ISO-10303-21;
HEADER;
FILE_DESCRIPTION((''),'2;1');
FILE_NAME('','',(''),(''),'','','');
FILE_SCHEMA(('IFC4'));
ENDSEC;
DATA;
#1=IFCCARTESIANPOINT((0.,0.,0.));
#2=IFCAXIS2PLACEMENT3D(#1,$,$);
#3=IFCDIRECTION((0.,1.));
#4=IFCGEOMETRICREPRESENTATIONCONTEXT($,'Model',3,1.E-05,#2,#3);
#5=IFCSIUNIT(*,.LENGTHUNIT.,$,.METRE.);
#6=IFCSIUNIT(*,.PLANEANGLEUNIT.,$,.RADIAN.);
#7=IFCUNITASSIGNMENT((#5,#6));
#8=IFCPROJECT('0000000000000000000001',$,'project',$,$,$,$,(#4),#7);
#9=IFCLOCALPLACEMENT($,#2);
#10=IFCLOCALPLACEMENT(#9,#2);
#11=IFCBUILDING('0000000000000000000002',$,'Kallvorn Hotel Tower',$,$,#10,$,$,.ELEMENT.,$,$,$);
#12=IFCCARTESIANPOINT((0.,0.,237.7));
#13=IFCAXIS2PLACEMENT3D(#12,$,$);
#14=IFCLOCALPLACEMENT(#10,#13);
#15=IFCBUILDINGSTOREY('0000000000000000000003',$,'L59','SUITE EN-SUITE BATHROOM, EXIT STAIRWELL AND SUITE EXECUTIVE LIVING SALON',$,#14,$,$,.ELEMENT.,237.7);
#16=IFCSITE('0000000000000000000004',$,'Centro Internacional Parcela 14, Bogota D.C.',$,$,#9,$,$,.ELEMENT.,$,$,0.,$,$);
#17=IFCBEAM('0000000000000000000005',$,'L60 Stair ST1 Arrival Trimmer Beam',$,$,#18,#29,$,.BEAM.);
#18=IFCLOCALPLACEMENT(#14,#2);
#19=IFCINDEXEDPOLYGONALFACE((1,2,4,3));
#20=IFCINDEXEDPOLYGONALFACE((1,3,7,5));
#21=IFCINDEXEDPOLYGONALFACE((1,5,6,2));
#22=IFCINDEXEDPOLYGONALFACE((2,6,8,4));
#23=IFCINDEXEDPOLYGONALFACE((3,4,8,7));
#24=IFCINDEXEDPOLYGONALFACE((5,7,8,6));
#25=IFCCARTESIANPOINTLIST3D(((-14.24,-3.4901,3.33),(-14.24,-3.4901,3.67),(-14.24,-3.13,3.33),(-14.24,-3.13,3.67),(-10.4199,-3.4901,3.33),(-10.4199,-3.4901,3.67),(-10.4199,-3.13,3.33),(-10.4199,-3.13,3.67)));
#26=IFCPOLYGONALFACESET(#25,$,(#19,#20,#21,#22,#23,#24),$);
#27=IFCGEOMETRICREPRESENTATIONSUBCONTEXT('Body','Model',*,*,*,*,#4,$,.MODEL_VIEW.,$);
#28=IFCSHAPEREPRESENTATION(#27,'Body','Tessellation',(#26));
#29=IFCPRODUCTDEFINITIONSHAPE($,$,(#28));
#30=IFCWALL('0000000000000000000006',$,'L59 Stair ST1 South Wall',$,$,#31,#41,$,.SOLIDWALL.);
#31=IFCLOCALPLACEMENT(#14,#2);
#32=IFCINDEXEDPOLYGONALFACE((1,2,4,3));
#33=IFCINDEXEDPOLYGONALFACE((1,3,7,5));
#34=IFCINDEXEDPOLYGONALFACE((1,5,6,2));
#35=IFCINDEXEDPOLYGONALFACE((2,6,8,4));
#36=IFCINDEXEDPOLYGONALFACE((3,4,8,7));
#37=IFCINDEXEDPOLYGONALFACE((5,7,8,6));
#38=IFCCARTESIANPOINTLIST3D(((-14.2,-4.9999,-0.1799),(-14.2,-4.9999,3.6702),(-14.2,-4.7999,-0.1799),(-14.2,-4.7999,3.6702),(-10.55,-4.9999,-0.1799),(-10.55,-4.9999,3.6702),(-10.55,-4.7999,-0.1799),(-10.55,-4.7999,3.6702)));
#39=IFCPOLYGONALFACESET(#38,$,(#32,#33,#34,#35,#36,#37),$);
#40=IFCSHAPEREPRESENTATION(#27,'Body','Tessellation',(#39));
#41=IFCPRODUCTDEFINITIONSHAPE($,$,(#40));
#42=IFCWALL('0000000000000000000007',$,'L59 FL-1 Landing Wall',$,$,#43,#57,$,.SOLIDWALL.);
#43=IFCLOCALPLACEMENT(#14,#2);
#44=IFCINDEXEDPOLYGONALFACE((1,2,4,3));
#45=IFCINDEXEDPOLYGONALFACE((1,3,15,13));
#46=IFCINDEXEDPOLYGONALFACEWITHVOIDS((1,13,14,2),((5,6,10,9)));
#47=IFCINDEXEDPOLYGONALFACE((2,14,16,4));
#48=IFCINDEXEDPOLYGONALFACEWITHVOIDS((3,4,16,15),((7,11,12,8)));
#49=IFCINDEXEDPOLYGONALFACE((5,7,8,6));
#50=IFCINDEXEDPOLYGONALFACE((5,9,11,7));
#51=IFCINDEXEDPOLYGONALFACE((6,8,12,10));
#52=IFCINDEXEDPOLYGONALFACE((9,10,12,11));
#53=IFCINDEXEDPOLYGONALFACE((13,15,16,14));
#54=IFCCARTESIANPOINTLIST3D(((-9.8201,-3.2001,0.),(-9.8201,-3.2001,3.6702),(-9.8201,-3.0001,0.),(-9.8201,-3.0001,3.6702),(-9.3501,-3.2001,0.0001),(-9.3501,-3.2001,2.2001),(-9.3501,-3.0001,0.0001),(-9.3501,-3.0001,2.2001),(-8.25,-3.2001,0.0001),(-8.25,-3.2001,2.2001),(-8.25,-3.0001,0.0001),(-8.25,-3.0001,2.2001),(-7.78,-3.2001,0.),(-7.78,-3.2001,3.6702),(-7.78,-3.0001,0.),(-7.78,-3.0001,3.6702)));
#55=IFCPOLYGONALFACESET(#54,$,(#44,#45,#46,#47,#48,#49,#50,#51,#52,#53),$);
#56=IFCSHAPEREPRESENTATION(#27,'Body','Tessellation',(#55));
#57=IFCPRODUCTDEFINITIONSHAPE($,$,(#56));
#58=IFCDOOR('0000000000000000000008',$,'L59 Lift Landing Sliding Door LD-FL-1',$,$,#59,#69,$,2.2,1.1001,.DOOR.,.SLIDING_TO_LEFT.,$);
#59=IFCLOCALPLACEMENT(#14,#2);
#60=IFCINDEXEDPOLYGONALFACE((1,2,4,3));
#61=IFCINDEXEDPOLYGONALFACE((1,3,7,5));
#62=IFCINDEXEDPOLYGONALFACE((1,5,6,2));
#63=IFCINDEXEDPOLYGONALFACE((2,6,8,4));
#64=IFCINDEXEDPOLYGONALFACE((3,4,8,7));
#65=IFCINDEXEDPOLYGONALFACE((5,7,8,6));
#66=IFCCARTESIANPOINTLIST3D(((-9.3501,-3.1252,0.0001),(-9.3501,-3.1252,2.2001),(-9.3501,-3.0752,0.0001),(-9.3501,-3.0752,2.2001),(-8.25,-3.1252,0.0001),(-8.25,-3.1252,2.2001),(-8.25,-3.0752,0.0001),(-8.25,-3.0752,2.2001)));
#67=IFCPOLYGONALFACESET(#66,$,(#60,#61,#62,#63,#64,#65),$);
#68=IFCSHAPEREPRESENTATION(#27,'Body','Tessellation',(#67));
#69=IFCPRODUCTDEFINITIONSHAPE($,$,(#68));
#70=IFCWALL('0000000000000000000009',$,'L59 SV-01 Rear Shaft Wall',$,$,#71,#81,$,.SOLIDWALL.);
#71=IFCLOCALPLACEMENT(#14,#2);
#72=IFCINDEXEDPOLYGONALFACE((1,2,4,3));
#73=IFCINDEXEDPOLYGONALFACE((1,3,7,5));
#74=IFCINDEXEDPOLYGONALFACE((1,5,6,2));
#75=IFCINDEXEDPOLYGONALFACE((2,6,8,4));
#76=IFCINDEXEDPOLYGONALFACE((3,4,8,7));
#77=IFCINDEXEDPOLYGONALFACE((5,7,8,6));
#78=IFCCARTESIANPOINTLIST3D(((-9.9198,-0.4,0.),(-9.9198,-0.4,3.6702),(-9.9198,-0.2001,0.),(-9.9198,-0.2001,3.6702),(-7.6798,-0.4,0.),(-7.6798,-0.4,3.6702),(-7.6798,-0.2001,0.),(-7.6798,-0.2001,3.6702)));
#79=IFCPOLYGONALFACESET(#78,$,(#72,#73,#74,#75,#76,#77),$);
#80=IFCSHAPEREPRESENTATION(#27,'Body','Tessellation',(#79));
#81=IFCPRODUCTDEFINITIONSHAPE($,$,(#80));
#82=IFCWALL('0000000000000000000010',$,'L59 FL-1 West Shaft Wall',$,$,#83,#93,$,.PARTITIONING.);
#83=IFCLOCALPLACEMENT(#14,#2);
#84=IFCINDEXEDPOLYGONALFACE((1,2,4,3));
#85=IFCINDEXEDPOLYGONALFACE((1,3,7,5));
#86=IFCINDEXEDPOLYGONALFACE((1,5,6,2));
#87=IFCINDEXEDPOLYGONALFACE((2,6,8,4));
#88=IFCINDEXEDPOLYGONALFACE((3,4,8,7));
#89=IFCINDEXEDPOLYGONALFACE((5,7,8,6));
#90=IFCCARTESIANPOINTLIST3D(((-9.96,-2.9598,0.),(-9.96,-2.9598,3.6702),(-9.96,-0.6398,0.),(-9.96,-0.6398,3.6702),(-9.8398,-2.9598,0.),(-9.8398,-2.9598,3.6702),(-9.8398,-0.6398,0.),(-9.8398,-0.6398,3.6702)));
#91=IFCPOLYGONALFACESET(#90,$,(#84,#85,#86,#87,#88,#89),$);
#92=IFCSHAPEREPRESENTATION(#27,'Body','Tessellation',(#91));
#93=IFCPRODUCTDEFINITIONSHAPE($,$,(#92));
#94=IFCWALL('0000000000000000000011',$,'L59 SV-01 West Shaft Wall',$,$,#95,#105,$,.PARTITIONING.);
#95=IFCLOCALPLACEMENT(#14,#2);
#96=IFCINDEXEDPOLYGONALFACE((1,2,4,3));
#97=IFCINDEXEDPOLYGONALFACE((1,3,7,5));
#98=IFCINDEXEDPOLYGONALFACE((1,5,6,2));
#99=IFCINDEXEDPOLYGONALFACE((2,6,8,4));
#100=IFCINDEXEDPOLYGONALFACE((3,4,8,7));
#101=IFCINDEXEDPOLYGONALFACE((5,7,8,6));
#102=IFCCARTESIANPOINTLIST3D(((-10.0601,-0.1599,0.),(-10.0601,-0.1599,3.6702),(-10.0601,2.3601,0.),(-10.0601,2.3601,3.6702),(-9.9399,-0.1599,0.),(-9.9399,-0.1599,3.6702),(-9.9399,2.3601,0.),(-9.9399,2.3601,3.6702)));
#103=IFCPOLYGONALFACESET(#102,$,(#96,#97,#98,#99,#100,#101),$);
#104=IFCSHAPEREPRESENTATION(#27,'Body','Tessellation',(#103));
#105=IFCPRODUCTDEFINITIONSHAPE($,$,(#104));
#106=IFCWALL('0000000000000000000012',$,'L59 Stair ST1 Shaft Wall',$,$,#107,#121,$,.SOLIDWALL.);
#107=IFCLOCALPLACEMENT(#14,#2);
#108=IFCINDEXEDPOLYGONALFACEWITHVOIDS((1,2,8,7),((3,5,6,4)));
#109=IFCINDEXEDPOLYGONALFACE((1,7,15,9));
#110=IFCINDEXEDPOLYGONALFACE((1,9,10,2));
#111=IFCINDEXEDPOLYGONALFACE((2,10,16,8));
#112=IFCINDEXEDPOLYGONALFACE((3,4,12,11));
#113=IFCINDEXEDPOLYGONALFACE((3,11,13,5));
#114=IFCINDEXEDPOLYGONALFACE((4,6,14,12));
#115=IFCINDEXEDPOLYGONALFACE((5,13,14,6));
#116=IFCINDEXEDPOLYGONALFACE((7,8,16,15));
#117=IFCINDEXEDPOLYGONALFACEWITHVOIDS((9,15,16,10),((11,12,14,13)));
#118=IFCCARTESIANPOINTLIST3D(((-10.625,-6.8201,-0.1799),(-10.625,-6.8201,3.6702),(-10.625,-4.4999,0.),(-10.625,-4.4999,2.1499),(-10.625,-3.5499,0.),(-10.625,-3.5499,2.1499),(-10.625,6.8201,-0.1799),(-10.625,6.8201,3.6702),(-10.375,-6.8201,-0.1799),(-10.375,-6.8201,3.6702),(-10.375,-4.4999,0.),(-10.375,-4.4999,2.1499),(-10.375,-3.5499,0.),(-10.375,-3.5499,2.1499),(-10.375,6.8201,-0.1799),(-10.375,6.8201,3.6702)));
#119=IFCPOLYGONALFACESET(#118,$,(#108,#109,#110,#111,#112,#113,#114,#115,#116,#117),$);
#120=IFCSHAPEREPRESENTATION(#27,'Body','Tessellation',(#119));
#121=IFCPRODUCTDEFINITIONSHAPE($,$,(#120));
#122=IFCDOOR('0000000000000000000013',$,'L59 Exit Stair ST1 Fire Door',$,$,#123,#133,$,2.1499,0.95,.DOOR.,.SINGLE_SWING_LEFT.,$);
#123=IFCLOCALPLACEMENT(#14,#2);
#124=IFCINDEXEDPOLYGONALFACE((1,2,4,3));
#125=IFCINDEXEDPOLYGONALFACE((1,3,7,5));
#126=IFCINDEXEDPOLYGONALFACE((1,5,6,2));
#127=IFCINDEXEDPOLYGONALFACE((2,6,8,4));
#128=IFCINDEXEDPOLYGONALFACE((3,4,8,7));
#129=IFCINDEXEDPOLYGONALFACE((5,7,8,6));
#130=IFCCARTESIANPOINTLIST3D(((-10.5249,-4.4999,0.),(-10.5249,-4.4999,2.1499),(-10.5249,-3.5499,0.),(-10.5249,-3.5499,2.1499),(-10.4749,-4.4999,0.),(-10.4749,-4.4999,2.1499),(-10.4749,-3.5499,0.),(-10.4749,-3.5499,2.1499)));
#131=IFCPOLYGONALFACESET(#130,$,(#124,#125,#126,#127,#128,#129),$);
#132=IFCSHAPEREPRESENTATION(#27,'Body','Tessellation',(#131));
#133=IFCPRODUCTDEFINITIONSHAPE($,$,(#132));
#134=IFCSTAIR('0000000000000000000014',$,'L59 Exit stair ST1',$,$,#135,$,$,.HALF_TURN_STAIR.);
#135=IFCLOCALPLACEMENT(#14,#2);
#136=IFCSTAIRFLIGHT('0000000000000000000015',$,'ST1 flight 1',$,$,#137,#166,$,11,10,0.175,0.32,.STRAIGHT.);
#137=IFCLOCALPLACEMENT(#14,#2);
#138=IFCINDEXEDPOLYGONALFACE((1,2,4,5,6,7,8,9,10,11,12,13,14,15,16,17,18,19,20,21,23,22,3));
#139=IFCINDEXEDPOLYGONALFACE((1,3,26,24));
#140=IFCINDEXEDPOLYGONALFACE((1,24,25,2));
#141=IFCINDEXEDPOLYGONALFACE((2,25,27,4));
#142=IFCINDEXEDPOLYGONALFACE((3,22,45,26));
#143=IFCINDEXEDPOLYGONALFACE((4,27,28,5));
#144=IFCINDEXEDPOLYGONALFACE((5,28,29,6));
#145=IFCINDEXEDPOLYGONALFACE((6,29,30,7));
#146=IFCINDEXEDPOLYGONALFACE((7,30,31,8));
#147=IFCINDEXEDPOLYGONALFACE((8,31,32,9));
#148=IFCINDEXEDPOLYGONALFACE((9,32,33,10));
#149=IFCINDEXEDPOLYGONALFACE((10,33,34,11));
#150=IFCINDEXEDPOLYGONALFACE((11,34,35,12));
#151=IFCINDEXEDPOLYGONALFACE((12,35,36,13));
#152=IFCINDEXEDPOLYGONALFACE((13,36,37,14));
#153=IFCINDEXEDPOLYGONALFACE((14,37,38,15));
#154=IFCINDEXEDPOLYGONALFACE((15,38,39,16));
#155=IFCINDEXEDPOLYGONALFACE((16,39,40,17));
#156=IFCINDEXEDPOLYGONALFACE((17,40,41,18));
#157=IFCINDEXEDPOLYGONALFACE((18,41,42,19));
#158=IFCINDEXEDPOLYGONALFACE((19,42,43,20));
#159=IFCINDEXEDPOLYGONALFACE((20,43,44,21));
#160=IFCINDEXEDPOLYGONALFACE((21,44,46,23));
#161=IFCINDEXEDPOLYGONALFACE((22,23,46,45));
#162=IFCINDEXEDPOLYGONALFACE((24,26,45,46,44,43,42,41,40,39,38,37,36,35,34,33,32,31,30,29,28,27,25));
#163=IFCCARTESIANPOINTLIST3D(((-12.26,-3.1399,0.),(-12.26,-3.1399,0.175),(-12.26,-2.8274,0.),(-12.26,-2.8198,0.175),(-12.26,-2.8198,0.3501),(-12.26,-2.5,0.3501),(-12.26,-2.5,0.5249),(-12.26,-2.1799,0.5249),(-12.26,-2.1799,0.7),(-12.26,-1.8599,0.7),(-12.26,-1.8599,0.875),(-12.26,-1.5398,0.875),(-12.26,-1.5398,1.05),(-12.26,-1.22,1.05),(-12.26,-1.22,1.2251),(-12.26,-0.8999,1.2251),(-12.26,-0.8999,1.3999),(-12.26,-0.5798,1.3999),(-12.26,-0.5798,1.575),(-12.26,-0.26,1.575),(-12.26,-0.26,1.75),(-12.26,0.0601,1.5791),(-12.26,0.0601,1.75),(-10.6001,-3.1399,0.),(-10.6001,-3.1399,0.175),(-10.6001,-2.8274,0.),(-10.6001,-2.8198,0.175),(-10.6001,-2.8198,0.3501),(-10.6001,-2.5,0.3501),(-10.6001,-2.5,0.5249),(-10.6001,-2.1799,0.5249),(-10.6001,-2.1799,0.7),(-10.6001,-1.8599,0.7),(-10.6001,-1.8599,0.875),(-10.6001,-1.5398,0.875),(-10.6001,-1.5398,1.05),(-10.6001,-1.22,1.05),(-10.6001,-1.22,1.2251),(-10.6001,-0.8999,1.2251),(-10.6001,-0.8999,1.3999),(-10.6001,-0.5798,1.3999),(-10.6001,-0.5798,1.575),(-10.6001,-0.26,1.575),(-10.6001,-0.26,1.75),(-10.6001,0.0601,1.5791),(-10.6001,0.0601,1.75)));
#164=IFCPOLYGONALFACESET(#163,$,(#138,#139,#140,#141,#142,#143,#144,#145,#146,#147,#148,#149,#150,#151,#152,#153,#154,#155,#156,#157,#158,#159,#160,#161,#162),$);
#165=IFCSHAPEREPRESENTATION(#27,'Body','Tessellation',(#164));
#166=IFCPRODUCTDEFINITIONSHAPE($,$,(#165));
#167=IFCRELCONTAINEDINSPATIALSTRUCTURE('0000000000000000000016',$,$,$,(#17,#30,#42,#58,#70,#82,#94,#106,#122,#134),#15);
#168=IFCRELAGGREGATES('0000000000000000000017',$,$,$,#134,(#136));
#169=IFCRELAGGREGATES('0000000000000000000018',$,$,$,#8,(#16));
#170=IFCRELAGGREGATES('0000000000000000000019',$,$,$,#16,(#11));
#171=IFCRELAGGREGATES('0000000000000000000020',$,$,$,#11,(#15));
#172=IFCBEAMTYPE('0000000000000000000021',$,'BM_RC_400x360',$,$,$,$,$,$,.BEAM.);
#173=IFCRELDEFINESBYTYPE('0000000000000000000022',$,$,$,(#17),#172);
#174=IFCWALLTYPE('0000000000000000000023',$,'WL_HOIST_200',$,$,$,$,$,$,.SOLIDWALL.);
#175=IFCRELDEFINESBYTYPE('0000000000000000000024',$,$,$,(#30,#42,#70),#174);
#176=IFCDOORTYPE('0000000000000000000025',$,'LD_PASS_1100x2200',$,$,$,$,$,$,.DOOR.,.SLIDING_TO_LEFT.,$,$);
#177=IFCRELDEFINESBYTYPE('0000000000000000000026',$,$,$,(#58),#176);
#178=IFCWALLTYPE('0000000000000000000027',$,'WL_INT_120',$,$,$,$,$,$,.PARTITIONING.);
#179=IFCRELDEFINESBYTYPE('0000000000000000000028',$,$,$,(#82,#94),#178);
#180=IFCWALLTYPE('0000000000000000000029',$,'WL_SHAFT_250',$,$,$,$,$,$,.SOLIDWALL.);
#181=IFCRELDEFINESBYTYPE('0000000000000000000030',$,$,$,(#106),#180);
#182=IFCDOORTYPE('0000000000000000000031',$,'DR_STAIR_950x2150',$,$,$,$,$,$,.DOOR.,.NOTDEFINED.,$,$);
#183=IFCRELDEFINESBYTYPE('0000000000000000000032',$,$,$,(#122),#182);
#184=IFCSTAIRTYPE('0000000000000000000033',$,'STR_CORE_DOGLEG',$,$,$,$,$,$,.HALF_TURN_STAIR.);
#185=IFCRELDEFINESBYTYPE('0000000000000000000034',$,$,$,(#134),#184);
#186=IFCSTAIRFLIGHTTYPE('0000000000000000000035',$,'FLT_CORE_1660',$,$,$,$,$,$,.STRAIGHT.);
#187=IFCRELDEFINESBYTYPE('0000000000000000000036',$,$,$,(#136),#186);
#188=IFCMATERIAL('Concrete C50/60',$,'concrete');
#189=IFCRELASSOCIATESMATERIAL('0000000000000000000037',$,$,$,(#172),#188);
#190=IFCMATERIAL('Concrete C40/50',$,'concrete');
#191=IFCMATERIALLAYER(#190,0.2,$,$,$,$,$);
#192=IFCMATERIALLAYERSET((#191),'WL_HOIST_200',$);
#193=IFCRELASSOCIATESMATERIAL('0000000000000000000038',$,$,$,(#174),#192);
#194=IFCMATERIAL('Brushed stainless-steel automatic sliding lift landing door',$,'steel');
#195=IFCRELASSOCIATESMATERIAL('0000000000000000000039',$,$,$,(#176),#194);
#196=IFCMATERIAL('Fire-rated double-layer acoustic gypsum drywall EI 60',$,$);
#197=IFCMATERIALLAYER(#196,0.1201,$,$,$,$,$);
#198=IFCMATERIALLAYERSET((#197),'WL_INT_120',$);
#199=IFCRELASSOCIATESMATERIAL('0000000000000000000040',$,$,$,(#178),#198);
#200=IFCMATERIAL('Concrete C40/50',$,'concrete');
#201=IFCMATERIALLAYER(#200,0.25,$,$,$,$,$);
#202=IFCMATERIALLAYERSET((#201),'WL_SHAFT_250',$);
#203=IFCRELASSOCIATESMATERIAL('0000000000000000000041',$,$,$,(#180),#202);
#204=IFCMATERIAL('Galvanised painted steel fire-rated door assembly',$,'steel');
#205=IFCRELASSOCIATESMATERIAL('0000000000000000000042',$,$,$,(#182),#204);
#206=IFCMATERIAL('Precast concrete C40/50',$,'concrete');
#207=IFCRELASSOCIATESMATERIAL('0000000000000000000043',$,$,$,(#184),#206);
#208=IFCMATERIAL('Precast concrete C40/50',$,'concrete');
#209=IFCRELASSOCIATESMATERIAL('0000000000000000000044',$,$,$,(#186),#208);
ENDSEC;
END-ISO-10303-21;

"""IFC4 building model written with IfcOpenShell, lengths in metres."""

from ifc_helpers import new_model, si_unit, direction, frame, frame_2d, origin, origin_2d, place, context, subcontext, project, spatial, polyline, rectangle, outline, extrude, material, layer, layer_set, material_profile, profile_set, type_object, element, fill, aggregate, save


model = new_model("IFC4")

# Units and contexts
model_context = context("Model", 3, precision=1e-05, world=origin(), true_north=direction((0.0, 1.0)))
body_context = subcontext(model_context, "Body", "Model", "MODEL_VIEW")
ifc_project = project(units=[si_unit("LENGTHUNIT", "METRE"), si_unit("PLANEANGLEUNIT", "RADIAN")], contexts=[model_context])

# Site, building, storey
site_placement = place(None, origin())
site = spatial("IfcSite", under=ifc_project, at=site_placement, Name="Centro Internacional Parcela 14, Bogota D.C.", CompositionType="ELEMENT", RefElevation=0.0)
building_placement = place(site_placement, origin())
building = spatial("IfcBuilding", under=site, at=building_placement, Name="Kallvorn Hotel Tower", CompositionType="ELEMENT")
storey_placement = place(building_placement, frame((0.0, 0.0, 237.7)))
storey = spatial("IfcBuildingStorey", under=building, at=storey_placement, Name="L59", Description="SUITE EN-SUITE BATHROOM, EXIT STAIRWELL AND SUITE EXECUTIVE LIVING SALON", CompositionType="ELEMENT", Elevation=237.7)

# Beam
ifc_material_1 = material(Name="Concrete C50/60", Category="concrete")
ifc_material_profile = material_profile(ifc_material_1, rectangle(XDim=0.3601, YDim=0.3401, at=origin_2d()), Name="RC 360x340")
ifc_profile_set = profile_set([ifc_material_profile], Name="Concrete C50/60")
beam_type = type_object("IfcBeamType", Name="BM_RC_400x360", PredefinedType="BEAM", material=ifc_profile_set)
beam_placement = place(storey_placement, frame((-10.4199, -3.3101, 3.5), z_axis=(-1.0, 0.0, 0.0), x_axis=(0.0, -1.0, 0.0)))
element("IfcBeam", 1, at=beam_placement, inside=storey, type_object=beam_type, Name="L60 Stair ST1 Arrival Trimmer Beam", PredefinedType="BEAM", context=body_context, shape_type="SweptSolid", body=[
    extrude(rectangle(XDim=0.3601, YDim=0.3401, at=origin_2d()), origin(), (0.0, 0.0, 1.0), 3.8201),
])

# Wall
ifc_material_2 = material(Name="Concrete C40/50", Category="concrete")
ifc_layer_1 = layer(ifc_material_2, 0.2)
ifc_layer_set_1 = layer_set([ifc_layer_1], Name="WL_HOIST_200")
wall_type_1 = type_object("IfcWallType", Name="WL_HOIST_200", PredefinedType="SOLIDWALL", material=ifc_layer_set_1)
wall_1_placement = place(storey_placement, frame((-14.2, -4.8999, -0.1799), z_axis=(0.0, 0.0, 1.0), x_axis=(1.0, 0.0, 0.0)))
element("IfcWall", 2, at=wall_1_placement, inside=storey, type_object=wall_type_1, Name="L59 Stair ST1 South Wall", PredefinedType="SOLIDWALL", context=body_context, shape_type="SweptSolid", body=[
    extrude(rectangle(XDim=3.6499, YDim=0.2, at=frame_2d((1.825, 0.0))), origin(), (0.0, 0.0, 1.0), 3.8501),
])

# Wall, opening, door
wall_2_placement = place(storey_placement, frame((-9.8201, -3.1001, 0.0), z_axis=(0.0, 0.0, 1.0), x_axis=(1.0, 0.0, 0.0)))
wall_2 = element("IfcWall", 3, at=wall_2_placement, inside=storey, type_object=wall_type_1, Name="L59 FL-1 Landing Wall", PredefinedType="SOLIDWALL", context=body_context, shape_type="SweptSolid", body=[
    extrude(rectangle(XDim=2.04, YDim=0.2, at=frame_2d((1.02, 0.0))), origin(), (0.0, 0.0, 1.0), 3.6702),
])
opening_1_placement = place(wall_2_placement, frame((0.47, 0.0, 0.0)))
opening_1 = element("IfcOpeningElement", 4, at=opening_1_placement, cuts=wall_2, PredefinedType="OPENING", context=body_context, shape_type="SweptSolid", body=[
    extrude(rectangle(XDim=1.1001, YDim=2.2, at=frame_2d((0.55, 1.1001))), frame((0.0, 0.115, 0.0), z_axis=(0.0, -1.0, 0.0), x_axis=(1.0, 0.0, 0.0)), (0.0, 0.0, 1.0), 0.23),
])
ifc_material_3 = material(Name="Brushed stainless-steel automatic sliding lift landing door", Category="steel")
door_type_1 = type_object("IfcDoorType", Name="LD_PASS_1100x2200", OperationType="SLIDING_TO_LEFT", PredefinedType="DOOR", material=ifc_material_3)
door_1_placement = place(opening_1_placement, origin())
door_1 = element("IfcDoor", 5, at=door_1_placement, inside=storey, type_object=door_type_1, Name="L59 Lift Landing Sliding Door LD-FL-1", OperationType="SLIDING_TO_LEFT", OverallHeight=2.2, OverallWidth=1.1001, PredefinedType="DOOR", context=body_context, shape_type="SweptSolid", body=[
    extrude(rectangle(XDim=1.1001, YDim=2.2, at=frame_2d((0.55, 1.1001))), frame((0.0, 0.0249, 0.0), z_axis=(0.0, -1.0, 0.0), x_axis=(1.0, 0.0, 0.0)), (0.0, 0.0, 1.0), 0.05),
])
fill(opening_1, door_1)

# Walls
wall_3_placement = place(storey_placement, frame((-9.9199, -0.3, 0.0), z_axis=(0.0, 0.0, 1.0), x_axis=(1.0, 0.0, 0.0)))
element("IfcWall", 6, at=wall_3_placement, inside=storey, type_object=wall_type_1, Name="L59 SV-01 Rear Shaft Wall", PredefinedType="SOLIDWALL", context=body_context, shape_type="SweptSolid", body=[
    extrude(rectangle(XDim=2.24, YDim=0.2, at=frame_2d((1.1201, 0.0))), origin(), (0.0, 0.0, 1.0), 3.6702),
])
ifc_material_4 = material(Name="Fire-rated double-layer acoustic gypsum drywall EI 60")
ifc_layer_2 = layer(ifc_material_4, 0.1201)
ifc_layer_set_2 = layer_set([ifc_layer_2], Name="WL_INT_120")
wall_type_2 = type_object("IfcWallType", Name="WL_INT_120", PredefinedType="PARTITIONING", material=ifc_layer_set_2)
wall_4_placement = place(storey_placement, frame((-9.8999, -2.96, 0.0), z_axis=(0.0, 0.0, 1.0), x_axis=(0.0, 1.0, 0.0)))
element("IfcWall", 7, at=wall_4_placement, inside=storey, type_object=wall_type_2, Name="L59 FL-1 West Shaft Wall", PredefinedType="PARTITIONING", context=body_context, shape_type="SweptSolid", body=[
    extrude(rectangle(XDim=2.3201, YDim=0.1201, at=frame_2d((1.1602, 0.0))), origin(), (0.0, 0.0, 1.0), 3.6702),
])
wall_5_placement = place(storey_placement, frame((-10.0, -0.1599, 0.0), z_axis=(0.0, 0.0, 1.0), x_axis=(0.0, 1.0, 0.0)))
element("IfcWall", 8, at=wall_5_placement, inside=storey, type_object=wall_type_2, Name="L59 SV-01 West Shaft Wall", PredefinedType="PARTITIONING", context=body_context, shape_type="SweptSolid", body=[
    extrude(rectangle(XDim=2.52, YDim=0.1201, at=frame_2d((1.26, 0.0))), origin(), (0.0, 0.0, 1.0), 3.6702),
])

# Wall, opening, door
ifc_material_5 = material(Name="Concrete C40/50", Category="concrete")
ifc_layer_3 = layer(ifc_material_5, 0.25)
ifc_layer_set_3 = layer_set([ifc_layer_3], Name="WL_SHAFT_250")
wall_type_3 = type_object("IfcWallType", Name="WL_SHAFT_250", PredefinedType="SOLIDWALL", material=ifc_layer_set_3)
wall_6_placement = place(storey_placement, frame((-10.5, -6.8201, -0.1799), z_axis=(0.0, 0.0, 1.0), x_axis=(0.0, 1.0, 0.0)))
wall_6 = element("IfcWall", 9, at=wall_6_placement, inside=storey, type_object=wall_type_3, Name="L59 Stair ST1 Shaft Wall", PredefinedType="SOLIDWALL", context=body_context, shape_type="SweptSolid", body=[
    extrude(rectangle(XDim=13.6401, YDim=0.25, at=frame_2d((6.8201, 0.0))), origin(), (0.0, 0.0, 1.0), 3.8501),
])
opening_2_placement = place(wall_6_placement, frame((2.3201, 0.0, 0.1799)))
opening_2 = element("IfcOpeningElement", 10, at=opening_2_placement, cuts=wall_6, PredefinedType="OPENING", context=body_context, shape_type="SweptSolid", body=[
    extrude(rectangle(XDim=0.95, YDim=2.1499, at=frame_2d((0.4751, 1.075))), frame((0.0, 0.1399, 0.0), z_axis=(0.0, -1.0, 0.0), x_axis=(1.0, 0.0, 0.0)), (0.0, 0.0, 1.0), 0.28),
])
ifc_material_6 = material(Name="Galvanised painted steel fire-rated door assembly", Category="steel")
door_type_2 = type_object("IfcDoorType", Name="DR_STAIR_950x2150", OperationType="NOTDEFINED", PredefinedType="DOOR", material=ifc_material_6)
door_2_placement = place(opening_2_placement, origin())
door_2 = element("IfcDoor", 11, at=door_2_placement, inside=storey, type_object=door_type_2, Name="L59 Exit Stair ST1 Fire Door", OperationType="SINGLE_SWING_LEFT", OverallHeight=2.1499, OverallWidth=0.95, PredefinedType="DOOR", context=body_context, shape_type="SweptSolid", body=[
    extrude(rectangle(XDim=0.95, YDim=2.1499, at=frame_2d((0.4751, 1.075))), frame((0.0, 0.0249, 0.0), z_axis=(0.0, -1.0, 0.0), x_axis=(1.0, 0.0, 0.0)), (0.0, 0.0, 1.0), 0.05),
])
fill(opening_2, door_2)

# Stair, stair flight
ifc_material_7 = material(Name="Precast concrete C40/50", Category="concrete")
stair_type = type_object("IfcStairType", Name="STR_CORE_DOGLEG", PredefinedType="HALF_TURN_STAIR", material=ifc_material_7)
stair_placement = place(storey_placement, origin())
stair = element("IfcStair", 12, at=stair_placement, inside=storey, type_object=stair_type, Name="L59 Exit stair ST1", PredefinedType="HALF_TURN_STAIR")
ifc_material_8 = material(Name="Precast concrete C40/50", Category="concrete")
stair_flight_type = type_object("IfcStairFlightType", Name="FLT_CORE_1660", PredefinedType="STRAIGHT", material=ifc_material_8)
stair_flight_1_placement = place(storey_placement, frame((-11.4299, -3.1399, 0.0), z_axis=(0.0, 0.0, 1.0), x_axis=(0.0, 1.0, 0.0)))
stair_flight_1 = element("IfcStairFlight", 13, at=stair_flight_1_placement, type_object=stair_flight_type, Name="ST1 flight 1", NumberOfRisers=11, NumberOfTreads=10, PredefinedType="STRAIGHT", RiserHeight=0.175, TreadLength=0.32, context=body_context, shape_type="SweptSolid", body=[
    extrude(outline(polyline([(0.0, 0.0), (0.0, 0.175), (0.3201, 0.175), (0.3201, 0.3501), (0.6399, 0.3501), (0.6399, 0.5249), (0.96, 0.5249), (0.96, 0.7), (1.28, 0.7), (1.28, 0.875), (1.6001, 0.875), (1.6001, 1.05), (1.9199, 1.05), (1.9199, 1.2251), (2.24, 1.2251), (2.24, 1.3999), (2.5601, 1.3999), (2.5601, 1.575), (2.8799, 1.575), (2.8799, 1.75), (3.2, 1.75), (3.2, 1.925), (3.2, 1.5791), (0.3125, 0.0), (0.0, 0.0)])), frame((0.0, 0.8301, 0.0), z_axis=(0.0, -1.0, 0.0), x_axis=(1.0, 0.0, 0.0)), (0.0, 0.0, 1.0), 1.6599),
])
aggregate(stair, [stair_flight_1])

save(model, "model.ifc")
